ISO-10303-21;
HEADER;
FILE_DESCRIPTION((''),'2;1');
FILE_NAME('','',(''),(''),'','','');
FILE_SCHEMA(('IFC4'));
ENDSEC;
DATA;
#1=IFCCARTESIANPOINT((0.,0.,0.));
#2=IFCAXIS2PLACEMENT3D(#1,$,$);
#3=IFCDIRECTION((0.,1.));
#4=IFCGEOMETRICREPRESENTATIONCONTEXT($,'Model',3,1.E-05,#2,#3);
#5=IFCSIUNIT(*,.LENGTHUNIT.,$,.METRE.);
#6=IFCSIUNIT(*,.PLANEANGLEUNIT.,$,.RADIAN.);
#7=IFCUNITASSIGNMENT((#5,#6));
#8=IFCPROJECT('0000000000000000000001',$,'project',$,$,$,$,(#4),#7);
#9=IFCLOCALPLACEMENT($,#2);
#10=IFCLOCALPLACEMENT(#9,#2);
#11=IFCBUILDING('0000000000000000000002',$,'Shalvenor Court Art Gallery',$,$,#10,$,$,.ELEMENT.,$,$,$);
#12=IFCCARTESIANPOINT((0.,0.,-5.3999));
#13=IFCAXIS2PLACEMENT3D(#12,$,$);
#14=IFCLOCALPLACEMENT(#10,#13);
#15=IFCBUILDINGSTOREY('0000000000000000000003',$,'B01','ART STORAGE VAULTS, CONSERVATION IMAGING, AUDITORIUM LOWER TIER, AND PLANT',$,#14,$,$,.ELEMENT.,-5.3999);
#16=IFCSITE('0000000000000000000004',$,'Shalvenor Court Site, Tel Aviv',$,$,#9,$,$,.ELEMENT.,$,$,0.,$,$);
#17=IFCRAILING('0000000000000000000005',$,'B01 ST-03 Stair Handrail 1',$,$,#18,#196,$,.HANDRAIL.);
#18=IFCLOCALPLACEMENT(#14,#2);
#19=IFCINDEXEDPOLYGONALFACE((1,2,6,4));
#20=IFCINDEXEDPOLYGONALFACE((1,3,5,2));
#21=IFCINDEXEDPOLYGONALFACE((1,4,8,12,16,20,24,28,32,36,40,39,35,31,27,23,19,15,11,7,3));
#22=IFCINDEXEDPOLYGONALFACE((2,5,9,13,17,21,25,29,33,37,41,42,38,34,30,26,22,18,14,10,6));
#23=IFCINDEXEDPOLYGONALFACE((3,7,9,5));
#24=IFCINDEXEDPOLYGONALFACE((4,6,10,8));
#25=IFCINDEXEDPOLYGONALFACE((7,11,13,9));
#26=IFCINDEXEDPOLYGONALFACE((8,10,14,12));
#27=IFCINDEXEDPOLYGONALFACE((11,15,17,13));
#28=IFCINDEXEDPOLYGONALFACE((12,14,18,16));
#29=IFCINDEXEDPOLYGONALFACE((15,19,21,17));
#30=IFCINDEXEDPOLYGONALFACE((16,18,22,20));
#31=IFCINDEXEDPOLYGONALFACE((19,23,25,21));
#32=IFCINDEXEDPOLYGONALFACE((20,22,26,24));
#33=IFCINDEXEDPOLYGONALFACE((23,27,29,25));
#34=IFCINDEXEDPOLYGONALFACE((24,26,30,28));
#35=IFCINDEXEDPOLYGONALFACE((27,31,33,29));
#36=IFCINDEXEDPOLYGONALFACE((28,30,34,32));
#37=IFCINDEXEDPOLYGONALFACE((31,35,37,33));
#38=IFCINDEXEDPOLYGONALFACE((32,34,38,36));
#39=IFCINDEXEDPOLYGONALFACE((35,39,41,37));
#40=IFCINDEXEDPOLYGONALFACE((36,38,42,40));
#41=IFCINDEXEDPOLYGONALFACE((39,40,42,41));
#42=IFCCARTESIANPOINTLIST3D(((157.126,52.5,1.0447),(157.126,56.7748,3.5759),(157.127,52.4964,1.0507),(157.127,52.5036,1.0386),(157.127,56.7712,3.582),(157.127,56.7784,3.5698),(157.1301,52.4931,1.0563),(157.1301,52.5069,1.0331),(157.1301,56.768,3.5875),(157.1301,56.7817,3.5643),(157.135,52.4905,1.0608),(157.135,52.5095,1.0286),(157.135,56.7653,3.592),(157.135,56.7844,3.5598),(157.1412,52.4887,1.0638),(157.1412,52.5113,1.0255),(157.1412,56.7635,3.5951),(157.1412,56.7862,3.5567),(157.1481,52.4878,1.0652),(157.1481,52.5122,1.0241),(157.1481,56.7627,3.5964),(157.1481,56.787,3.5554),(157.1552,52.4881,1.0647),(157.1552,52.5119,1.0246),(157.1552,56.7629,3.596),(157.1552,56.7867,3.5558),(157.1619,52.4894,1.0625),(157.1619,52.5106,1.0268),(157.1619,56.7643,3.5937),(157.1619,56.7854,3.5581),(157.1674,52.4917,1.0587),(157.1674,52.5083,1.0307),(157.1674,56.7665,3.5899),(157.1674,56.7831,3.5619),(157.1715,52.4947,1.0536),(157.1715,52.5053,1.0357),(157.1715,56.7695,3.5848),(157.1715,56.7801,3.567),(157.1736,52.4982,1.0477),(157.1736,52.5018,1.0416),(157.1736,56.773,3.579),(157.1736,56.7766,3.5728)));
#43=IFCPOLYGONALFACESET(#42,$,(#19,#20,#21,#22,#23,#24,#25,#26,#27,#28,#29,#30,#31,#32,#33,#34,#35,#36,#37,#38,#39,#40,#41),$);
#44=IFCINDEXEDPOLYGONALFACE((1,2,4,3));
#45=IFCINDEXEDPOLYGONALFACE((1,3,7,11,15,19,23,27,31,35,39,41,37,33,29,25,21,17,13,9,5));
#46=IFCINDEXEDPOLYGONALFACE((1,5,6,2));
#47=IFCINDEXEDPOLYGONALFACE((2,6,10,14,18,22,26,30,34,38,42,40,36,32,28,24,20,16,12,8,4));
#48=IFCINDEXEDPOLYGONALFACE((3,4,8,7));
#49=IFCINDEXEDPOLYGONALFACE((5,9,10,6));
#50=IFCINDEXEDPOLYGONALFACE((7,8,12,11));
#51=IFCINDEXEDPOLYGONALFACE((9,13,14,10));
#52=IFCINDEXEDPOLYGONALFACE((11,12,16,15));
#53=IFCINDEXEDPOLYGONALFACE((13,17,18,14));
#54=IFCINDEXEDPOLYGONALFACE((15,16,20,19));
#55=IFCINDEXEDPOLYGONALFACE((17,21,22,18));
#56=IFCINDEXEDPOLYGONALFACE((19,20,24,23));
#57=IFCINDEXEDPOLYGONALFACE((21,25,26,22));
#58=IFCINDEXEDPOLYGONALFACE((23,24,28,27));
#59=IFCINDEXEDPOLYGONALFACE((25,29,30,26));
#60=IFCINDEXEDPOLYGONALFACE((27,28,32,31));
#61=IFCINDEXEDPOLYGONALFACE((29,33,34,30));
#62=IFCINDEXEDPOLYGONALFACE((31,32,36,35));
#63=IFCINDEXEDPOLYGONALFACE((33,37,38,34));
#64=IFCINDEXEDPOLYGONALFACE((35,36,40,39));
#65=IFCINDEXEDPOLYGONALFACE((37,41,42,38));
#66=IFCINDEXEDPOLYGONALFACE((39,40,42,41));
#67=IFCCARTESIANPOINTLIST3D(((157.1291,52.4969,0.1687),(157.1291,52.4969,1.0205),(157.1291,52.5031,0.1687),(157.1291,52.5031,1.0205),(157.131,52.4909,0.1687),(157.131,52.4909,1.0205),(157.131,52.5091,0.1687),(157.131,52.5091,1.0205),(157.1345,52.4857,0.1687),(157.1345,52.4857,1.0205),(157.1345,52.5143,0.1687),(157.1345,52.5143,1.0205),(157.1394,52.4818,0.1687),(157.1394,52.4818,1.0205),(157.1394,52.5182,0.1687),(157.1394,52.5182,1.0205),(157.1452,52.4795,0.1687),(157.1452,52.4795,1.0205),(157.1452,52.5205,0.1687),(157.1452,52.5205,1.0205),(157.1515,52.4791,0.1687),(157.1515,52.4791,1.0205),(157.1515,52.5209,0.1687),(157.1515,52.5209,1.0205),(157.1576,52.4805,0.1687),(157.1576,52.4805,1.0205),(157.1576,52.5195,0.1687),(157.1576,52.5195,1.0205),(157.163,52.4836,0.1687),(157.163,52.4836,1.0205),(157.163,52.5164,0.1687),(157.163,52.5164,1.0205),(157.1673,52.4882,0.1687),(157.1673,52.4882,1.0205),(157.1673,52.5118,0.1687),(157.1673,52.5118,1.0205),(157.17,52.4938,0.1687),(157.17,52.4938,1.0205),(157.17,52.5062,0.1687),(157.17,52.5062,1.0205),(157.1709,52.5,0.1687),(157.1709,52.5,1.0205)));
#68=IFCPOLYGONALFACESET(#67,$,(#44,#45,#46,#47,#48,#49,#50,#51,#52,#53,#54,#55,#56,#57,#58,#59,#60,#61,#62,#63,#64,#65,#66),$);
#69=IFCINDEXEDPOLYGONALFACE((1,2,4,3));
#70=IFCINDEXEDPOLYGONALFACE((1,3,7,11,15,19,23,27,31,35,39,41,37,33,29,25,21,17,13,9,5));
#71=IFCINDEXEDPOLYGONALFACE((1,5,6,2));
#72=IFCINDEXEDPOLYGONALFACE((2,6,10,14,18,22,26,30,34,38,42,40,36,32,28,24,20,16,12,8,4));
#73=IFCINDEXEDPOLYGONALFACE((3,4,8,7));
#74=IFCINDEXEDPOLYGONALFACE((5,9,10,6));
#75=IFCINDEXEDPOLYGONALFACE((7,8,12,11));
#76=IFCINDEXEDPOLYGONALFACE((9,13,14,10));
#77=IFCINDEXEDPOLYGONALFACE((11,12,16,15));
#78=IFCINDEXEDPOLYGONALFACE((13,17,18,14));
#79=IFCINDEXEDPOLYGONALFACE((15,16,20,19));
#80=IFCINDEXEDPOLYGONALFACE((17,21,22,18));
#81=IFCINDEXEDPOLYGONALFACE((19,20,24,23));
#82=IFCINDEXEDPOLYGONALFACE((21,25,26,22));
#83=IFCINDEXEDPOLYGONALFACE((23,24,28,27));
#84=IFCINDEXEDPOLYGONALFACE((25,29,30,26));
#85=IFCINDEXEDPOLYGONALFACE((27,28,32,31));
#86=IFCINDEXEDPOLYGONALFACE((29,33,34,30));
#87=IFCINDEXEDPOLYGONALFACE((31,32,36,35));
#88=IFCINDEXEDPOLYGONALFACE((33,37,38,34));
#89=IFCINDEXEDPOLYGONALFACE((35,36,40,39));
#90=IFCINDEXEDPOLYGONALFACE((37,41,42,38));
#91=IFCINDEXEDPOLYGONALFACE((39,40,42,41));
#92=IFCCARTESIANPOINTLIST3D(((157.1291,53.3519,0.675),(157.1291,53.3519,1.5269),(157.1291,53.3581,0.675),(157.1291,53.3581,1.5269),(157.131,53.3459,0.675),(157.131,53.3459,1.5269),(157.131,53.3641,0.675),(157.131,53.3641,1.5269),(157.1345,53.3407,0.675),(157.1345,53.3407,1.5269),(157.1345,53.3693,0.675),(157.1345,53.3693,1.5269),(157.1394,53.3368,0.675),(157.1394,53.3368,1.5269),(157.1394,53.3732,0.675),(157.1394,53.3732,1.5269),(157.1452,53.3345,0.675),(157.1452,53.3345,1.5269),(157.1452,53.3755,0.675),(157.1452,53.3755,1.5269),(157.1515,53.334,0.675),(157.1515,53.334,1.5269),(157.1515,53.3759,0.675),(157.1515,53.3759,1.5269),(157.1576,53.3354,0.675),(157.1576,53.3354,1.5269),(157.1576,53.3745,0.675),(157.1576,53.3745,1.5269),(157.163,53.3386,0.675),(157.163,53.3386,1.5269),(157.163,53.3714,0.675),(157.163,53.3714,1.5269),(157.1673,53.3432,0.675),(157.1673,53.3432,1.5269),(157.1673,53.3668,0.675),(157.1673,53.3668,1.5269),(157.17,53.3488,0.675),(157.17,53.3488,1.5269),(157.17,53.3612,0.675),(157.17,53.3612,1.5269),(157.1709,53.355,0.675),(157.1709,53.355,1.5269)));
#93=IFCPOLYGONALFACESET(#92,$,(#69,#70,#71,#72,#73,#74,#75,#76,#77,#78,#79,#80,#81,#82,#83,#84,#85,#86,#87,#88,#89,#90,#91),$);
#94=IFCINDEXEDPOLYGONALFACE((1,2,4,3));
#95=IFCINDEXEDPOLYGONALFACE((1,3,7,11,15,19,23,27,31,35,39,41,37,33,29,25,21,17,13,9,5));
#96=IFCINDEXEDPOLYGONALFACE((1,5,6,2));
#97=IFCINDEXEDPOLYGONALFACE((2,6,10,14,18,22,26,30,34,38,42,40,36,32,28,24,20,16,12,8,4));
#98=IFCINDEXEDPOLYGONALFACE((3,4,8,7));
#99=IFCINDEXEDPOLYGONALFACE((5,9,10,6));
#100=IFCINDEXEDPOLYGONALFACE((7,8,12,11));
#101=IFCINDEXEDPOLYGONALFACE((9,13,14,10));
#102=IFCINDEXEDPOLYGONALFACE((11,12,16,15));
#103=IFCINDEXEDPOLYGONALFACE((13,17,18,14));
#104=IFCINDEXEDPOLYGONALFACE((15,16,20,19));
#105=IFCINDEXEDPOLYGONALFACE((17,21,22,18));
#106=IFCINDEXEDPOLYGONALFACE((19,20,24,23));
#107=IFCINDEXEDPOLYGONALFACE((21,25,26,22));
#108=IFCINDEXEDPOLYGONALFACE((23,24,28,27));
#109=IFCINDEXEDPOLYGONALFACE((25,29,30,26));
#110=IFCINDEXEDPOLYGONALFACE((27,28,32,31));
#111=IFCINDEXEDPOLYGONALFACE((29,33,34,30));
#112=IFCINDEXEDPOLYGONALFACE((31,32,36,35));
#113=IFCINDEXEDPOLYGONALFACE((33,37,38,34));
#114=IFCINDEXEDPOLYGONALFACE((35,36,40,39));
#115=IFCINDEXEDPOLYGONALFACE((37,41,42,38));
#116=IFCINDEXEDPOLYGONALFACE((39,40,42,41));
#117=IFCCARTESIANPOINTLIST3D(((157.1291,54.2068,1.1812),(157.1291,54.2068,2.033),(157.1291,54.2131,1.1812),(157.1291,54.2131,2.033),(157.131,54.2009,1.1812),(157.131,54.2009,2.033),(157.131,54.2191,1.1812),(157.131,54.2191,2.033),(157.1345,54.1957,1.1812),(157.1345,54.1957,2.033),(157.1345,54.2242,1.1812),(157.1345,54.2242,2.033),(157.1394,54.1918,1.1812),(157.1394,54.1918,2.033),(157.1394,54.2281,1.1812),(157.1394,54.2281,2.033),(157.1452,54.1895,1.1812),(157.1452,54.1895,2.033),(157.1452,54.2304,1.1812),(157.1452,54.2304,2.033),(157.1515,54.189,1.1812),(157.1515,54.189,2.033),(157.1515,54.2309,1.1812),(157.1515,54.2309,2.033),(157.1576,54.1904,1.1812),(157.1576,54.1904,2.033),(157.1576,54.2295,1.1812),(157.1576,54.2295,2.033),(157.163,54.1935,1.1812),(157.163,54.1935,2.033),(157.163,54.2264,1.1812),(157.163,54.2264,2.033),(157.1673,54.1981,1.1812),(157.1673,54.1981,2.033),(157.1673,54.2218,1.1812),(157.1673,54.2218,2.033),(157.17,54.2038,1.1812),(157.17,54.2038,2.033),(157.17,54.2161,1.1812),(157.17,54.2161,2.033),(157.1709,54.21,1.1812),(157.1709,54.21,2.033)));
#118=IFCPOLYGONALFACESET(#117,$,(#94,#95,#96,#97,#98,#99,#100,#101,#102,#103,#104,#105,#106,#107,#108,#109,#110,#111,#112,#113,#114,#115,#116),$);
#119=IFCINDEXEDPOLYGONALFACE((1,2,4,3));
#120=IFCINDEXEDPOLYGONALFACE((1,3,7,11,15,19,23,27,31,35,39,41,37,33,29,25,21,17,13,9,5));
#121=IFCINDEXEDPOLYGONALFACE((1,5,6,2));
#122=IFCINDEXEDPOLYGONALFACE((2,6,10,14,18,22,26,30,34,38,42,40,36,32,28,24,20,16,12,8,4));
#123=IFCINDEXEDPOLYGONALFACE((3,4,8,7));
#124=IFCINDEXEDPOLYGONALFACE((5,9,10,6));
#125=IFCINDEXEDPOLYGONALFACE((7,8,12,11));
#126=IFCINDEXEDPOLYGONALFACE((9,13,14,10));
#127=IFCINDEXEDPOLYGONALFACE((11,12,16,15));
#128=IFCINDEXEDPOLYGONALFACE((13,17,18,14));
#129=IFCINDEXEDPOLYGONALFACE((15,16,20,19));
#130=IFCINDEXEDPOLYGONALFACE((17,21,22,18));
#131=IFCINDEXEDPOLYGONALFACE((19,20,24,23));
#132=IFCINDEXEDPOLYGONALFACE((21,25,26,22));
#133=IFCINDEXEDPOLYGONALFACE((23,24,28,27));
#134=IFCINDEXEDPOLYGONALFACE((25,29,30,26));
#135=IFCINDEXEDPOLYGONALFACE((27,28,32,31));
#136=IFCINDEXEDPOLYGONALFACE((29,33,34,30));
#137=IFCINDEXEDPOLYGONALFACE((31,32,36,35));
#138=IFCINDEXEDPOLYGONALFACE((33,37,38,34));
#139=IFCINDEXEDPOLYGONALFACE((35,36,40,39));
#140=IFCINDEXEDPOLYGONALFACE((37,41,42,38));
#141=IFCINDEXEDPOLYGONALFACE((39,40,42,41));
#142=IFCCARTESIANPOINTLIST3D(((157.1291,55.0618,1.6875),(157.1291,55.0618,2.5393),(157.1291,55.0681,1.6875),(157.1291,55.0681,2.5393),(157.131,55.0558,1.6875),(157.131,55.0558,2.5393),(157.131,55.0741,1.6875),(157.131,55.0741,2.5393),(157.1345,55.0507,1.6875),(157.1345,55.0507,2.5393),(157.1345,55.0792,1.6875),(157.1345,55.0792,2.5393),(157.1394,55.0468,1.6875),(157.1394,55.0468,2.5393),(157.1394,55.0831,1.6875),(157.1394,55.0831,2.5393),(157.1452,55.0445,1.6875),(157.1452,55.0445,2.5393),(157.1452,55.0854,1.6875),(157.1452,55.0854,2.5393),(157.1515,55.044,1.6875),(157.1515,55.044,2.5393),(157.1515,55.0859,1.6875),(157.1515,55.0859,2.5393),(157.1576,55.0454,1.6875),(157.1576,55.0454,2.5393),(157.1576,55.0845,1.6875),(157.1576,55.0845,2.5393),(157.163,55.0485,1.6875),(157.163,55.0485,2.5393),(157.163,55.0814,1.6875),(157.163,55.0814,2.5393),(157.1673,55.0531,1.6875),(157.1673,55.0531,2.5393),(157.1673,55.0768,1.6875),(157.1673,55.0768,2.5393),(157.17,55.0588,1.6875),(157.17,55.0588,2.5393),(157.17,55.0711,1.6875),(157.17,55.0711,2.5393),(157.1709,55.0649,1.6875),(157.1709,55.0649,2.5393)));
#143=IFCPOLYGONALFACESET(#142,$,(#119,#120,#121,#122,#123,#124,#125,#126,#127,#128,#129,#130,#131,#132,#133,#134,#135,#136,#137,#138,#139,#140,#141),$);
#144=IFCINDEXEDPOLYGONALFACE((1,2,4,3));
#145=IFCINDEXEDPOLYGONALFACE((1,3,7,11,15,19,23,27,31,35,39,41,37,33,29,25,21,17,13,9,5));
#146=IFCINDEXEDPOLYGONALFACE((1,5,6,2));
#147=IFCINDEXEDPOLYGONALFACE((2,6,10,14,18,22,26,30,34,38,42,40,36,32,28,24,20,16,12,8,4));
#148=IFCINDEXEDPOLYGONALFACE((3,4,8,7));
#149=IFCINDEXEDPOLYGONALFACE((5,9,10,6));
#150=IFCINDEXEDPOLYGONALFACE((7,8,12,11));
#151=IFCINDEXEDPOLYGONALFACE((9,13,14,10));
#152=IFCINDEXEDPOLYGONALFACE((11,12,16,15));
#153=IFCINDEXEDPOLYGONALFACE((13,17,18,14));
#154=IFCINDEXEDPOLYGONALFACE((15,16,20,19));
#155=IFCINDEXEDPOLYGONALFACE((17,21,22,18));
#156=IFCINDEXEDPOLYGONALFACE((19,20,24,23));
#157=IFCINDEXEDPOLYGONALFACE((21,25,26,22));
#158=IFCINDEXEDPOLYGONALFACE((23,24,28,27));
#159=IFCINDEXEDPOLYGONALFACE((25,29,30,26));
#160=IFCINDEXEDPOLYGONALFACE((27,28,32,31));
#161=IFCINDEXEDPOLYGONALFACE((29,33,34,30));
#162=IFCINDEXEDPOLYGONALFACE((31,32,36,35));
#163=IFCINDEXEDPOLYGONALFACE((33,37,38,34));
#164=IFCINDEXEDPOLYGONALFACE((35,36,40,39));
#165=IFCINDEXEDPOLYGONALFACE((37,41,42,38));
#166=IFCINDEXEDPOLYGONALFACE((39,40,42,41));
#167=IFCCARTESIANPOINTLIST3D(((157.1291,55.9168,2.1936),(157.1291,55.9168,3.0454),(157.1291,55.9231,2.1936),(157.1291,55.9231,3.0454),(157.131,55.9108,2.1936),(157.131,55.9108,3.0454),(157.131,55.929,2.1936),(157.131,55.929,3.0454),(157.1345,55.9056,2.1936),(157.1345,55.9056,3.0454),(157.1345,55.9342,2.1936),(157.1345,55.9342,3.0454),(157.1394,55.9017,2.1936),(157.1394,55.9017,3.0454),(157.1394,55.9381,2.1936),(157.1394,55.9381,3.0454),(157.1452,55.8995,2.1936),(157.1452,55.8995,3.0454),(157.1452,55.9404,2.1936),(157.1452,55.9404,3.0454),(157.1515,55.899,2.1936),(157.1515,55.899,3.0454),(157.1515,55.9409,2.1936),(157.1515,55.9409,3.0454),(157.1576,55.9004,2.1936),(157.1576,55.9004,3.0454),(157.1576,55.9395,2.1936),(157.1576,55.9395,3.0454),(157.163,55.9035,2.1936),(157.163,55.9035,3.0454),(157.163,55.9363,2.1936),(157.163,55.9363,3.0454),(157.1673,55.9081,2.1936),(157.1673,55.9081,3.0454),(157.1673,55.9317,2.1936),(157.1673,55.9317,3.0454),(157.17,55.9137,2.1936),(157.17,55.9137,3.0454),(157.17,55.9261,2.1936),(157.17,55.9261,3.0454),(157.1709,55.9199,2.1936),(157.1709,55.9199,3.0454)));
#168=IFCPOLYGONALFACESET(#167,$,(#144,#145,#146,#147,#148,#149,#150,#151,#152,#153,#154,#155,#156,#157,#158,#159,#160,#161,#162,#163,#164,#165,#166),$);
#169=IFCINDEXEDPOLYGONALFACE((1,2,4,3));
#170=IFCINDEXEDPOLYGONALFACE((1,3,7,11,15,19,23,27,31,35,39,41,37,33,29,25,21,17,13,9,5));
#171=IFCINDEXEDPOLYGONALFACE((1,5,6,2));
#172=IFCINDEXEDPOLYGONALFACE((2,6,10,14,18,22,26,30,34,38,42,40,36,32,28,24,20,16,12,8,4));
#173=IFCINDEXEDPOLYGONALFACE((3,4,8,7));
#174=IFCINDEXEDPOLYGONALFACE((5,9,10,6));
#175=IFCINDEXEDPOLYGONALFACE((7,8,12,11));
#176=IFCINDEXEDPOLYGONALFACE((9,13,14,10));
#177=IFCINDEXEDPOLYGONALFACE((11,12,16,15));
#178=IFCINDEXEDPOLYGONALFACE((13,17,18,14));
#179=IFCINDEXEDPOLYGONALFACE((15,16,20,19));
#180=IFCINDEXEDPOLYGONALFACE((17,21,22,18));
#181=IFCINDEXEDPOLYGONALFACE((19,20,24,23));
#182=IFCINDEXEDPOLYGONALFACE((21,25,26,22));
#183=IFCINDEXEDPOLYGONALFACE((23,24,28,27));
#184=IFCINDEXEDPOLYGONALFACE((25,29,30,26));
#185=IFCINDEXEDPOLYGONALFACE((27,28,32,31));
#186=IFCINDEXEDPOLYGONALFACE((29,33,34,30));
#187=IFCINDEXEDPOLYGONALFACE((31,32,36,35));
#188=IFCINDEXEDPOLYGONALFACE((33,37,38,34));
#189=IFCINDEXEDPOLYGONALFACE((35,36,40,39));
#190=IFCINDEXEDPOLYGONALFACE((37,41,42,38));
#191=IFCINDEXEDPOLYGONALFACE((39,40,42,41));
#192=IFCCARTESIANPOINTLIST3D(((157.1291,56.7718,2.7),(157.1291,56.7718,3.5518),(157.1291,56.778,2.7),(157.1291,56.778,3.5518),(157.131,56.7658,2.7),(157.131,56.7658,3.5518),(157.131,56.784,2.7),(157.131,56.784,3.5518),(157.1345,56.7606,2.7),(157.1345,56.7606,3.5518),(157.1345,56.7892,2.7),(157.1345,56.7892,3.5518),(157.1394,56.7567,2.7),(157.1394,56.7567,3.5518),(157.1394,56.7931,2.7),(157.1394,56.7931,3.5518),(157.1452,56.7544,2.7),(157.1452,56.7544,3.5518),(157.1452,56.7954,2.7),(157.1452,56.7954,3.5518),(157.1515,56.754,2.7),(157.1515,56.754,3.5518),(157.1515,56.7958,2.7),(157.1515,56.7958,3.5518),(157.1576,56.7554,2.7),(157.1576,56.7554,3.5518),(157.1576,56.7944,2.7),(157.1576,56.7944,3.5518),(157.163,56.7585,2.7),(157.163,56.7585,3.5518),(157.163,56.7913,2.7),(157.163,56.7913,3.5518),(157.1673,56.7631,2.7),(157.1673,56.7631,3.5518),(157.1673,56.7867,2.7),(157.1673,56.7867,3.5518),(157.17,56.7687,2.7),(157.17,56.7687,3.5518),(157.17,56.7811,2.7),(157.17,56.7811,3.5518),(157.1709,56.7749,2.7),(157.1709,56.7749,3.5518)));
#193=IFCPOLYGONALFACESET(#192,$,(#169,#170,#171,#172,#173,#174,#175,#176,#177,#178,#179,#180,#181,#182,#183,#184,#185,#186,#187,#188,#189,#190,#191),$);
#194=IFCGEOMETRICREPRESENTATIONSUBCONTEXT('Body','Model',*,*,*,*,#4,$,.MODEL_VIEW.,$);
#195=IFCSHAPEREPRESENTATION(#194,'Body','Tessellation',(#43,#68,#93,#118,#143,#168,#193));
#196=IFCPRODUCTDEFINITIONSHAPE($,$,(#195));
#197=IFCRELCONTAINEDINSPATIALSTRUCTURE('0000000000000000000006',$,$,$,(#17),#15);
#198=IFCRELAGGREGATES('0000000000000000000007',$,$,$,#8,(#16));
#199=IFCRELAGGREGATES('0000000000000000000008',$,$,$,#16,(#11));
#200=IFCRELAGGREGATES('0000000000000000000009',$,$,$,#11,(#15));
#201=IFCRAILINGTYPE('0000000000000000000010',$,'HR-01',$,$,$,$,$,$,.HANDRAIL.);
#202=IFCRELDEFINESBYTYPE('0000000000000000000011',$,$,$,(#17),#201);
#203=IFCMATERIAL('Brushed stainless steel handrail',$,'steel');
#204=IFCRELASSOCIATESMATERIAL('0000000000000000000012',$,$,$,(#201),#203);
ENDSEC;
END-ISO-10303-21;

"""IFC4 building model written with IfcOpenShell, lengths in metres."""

from ifc_helpers import new_model, si_unit, direction, frame, origin, origin_2d, place, context, subcontext, project, spatial, circle, extrude, material, type_object, element, save


model = new_model("IFC4")

# Units and contexts
model_context = context("Model", 3, precision=1e-05, world=origin(), true_north=direction((0.0, 1.0)))
body_context = subcontext(model_context, "Body", "Model", "MODEL_VIEW")
ifc_project = project(units=[si_unit("LENGTHUNIT", "METRE"), si_unit("PLANEANGLEUNIT", "RADIAN")], contexts=[model_context])

# Site, building, storey
site_placement = place(None, origin())
site = spatial("IfcSite", under=ifc_project, at=site_placement, Name="Shalvenor Court Site, Tel Aviv", CompositionType="ELEMENT", RefElevation=0.0)
building_placement = place(site_placement, origin())
building = spatial("IfcBuilding", under=site, at=building_placement, Name="Shalvenor Court Art Gallery", CompositionType="ELEMENT")
storey_placement = place(building_placement, frame((0.0, 0.0, -5.3999)))
storey = spatial("IfcBuildingStorey", under=building, at=storey_placement, Name="B01", Description="ART STORAGE VAULTS, CONSERVATION IMAGING, AUDITORIUM LOWER TIER, AND PLANT", CompositionType="ELEMENT", Elevation=-5.3999)

# Railing
ifc_material_1 = material(Name="Brushed stainless steel handrail", Category="steel")
railing_type_1 = type_object("IfcRailingType", Name="HR-01", PredefinedType="HANDRAIL", material=ifc_material_1)
railing_1_placement = place(storey_placement, frame((157.1499, 52.5, 0.1687)))
element("IfcRailing", 1, at=railing_1_placement, inside=storey, type_object=railing_type_1, Name="B01 ST-03 Stair Handrail 1", PredefinedType="HANDRAIL", context=body_context, shape_type="SweptSolid", body=[
    extrude(circle(Radius=0.0239, at=origin_2d()), frame((0.0, 0.0, 0.876), z_axis=(0.0, 0.86047, 0.509501), x_axis=(-1.0, 0.0, 0.0)), (0.0, 0.0, 1.0), 4.968),
    extrude(circle(Radius=0.021, at=origin_2d()), origin(), (0.0, 0.0, 1.0), 0.8518),
    extrude(circle(Radius=0.021, at=origin_2d()), frame((0.0, 0.855, 0.5063)), (0.0, 0.0, 1.0), 0.8518),
    extrude(circle(Radius=0.021, at=origin_2d()), frame((0.0, 1.71, 1.0125)), (0.0, 0.0, 1.0), 0.8518),
    extrude(circle(Radius=0.021, at=origin_2d()), frame((0.0, 2.5649, 1.5188)), (0.0, 0.0, 1.0), 0.8518),
    extrude(circle(Radius=0.021, at=origin_2d()), frame((0.0, 3.4199, 2.0249)), (0.0, 0.0, 1.0), 0.8518),
    extrude(circle(Radius=0.021, at=origin_2d()), frame((0.0, 4.2749, 2.5312)), (0.0, 0.0, 1.0), 0.8518),
])

save(model, "model.ifc")
